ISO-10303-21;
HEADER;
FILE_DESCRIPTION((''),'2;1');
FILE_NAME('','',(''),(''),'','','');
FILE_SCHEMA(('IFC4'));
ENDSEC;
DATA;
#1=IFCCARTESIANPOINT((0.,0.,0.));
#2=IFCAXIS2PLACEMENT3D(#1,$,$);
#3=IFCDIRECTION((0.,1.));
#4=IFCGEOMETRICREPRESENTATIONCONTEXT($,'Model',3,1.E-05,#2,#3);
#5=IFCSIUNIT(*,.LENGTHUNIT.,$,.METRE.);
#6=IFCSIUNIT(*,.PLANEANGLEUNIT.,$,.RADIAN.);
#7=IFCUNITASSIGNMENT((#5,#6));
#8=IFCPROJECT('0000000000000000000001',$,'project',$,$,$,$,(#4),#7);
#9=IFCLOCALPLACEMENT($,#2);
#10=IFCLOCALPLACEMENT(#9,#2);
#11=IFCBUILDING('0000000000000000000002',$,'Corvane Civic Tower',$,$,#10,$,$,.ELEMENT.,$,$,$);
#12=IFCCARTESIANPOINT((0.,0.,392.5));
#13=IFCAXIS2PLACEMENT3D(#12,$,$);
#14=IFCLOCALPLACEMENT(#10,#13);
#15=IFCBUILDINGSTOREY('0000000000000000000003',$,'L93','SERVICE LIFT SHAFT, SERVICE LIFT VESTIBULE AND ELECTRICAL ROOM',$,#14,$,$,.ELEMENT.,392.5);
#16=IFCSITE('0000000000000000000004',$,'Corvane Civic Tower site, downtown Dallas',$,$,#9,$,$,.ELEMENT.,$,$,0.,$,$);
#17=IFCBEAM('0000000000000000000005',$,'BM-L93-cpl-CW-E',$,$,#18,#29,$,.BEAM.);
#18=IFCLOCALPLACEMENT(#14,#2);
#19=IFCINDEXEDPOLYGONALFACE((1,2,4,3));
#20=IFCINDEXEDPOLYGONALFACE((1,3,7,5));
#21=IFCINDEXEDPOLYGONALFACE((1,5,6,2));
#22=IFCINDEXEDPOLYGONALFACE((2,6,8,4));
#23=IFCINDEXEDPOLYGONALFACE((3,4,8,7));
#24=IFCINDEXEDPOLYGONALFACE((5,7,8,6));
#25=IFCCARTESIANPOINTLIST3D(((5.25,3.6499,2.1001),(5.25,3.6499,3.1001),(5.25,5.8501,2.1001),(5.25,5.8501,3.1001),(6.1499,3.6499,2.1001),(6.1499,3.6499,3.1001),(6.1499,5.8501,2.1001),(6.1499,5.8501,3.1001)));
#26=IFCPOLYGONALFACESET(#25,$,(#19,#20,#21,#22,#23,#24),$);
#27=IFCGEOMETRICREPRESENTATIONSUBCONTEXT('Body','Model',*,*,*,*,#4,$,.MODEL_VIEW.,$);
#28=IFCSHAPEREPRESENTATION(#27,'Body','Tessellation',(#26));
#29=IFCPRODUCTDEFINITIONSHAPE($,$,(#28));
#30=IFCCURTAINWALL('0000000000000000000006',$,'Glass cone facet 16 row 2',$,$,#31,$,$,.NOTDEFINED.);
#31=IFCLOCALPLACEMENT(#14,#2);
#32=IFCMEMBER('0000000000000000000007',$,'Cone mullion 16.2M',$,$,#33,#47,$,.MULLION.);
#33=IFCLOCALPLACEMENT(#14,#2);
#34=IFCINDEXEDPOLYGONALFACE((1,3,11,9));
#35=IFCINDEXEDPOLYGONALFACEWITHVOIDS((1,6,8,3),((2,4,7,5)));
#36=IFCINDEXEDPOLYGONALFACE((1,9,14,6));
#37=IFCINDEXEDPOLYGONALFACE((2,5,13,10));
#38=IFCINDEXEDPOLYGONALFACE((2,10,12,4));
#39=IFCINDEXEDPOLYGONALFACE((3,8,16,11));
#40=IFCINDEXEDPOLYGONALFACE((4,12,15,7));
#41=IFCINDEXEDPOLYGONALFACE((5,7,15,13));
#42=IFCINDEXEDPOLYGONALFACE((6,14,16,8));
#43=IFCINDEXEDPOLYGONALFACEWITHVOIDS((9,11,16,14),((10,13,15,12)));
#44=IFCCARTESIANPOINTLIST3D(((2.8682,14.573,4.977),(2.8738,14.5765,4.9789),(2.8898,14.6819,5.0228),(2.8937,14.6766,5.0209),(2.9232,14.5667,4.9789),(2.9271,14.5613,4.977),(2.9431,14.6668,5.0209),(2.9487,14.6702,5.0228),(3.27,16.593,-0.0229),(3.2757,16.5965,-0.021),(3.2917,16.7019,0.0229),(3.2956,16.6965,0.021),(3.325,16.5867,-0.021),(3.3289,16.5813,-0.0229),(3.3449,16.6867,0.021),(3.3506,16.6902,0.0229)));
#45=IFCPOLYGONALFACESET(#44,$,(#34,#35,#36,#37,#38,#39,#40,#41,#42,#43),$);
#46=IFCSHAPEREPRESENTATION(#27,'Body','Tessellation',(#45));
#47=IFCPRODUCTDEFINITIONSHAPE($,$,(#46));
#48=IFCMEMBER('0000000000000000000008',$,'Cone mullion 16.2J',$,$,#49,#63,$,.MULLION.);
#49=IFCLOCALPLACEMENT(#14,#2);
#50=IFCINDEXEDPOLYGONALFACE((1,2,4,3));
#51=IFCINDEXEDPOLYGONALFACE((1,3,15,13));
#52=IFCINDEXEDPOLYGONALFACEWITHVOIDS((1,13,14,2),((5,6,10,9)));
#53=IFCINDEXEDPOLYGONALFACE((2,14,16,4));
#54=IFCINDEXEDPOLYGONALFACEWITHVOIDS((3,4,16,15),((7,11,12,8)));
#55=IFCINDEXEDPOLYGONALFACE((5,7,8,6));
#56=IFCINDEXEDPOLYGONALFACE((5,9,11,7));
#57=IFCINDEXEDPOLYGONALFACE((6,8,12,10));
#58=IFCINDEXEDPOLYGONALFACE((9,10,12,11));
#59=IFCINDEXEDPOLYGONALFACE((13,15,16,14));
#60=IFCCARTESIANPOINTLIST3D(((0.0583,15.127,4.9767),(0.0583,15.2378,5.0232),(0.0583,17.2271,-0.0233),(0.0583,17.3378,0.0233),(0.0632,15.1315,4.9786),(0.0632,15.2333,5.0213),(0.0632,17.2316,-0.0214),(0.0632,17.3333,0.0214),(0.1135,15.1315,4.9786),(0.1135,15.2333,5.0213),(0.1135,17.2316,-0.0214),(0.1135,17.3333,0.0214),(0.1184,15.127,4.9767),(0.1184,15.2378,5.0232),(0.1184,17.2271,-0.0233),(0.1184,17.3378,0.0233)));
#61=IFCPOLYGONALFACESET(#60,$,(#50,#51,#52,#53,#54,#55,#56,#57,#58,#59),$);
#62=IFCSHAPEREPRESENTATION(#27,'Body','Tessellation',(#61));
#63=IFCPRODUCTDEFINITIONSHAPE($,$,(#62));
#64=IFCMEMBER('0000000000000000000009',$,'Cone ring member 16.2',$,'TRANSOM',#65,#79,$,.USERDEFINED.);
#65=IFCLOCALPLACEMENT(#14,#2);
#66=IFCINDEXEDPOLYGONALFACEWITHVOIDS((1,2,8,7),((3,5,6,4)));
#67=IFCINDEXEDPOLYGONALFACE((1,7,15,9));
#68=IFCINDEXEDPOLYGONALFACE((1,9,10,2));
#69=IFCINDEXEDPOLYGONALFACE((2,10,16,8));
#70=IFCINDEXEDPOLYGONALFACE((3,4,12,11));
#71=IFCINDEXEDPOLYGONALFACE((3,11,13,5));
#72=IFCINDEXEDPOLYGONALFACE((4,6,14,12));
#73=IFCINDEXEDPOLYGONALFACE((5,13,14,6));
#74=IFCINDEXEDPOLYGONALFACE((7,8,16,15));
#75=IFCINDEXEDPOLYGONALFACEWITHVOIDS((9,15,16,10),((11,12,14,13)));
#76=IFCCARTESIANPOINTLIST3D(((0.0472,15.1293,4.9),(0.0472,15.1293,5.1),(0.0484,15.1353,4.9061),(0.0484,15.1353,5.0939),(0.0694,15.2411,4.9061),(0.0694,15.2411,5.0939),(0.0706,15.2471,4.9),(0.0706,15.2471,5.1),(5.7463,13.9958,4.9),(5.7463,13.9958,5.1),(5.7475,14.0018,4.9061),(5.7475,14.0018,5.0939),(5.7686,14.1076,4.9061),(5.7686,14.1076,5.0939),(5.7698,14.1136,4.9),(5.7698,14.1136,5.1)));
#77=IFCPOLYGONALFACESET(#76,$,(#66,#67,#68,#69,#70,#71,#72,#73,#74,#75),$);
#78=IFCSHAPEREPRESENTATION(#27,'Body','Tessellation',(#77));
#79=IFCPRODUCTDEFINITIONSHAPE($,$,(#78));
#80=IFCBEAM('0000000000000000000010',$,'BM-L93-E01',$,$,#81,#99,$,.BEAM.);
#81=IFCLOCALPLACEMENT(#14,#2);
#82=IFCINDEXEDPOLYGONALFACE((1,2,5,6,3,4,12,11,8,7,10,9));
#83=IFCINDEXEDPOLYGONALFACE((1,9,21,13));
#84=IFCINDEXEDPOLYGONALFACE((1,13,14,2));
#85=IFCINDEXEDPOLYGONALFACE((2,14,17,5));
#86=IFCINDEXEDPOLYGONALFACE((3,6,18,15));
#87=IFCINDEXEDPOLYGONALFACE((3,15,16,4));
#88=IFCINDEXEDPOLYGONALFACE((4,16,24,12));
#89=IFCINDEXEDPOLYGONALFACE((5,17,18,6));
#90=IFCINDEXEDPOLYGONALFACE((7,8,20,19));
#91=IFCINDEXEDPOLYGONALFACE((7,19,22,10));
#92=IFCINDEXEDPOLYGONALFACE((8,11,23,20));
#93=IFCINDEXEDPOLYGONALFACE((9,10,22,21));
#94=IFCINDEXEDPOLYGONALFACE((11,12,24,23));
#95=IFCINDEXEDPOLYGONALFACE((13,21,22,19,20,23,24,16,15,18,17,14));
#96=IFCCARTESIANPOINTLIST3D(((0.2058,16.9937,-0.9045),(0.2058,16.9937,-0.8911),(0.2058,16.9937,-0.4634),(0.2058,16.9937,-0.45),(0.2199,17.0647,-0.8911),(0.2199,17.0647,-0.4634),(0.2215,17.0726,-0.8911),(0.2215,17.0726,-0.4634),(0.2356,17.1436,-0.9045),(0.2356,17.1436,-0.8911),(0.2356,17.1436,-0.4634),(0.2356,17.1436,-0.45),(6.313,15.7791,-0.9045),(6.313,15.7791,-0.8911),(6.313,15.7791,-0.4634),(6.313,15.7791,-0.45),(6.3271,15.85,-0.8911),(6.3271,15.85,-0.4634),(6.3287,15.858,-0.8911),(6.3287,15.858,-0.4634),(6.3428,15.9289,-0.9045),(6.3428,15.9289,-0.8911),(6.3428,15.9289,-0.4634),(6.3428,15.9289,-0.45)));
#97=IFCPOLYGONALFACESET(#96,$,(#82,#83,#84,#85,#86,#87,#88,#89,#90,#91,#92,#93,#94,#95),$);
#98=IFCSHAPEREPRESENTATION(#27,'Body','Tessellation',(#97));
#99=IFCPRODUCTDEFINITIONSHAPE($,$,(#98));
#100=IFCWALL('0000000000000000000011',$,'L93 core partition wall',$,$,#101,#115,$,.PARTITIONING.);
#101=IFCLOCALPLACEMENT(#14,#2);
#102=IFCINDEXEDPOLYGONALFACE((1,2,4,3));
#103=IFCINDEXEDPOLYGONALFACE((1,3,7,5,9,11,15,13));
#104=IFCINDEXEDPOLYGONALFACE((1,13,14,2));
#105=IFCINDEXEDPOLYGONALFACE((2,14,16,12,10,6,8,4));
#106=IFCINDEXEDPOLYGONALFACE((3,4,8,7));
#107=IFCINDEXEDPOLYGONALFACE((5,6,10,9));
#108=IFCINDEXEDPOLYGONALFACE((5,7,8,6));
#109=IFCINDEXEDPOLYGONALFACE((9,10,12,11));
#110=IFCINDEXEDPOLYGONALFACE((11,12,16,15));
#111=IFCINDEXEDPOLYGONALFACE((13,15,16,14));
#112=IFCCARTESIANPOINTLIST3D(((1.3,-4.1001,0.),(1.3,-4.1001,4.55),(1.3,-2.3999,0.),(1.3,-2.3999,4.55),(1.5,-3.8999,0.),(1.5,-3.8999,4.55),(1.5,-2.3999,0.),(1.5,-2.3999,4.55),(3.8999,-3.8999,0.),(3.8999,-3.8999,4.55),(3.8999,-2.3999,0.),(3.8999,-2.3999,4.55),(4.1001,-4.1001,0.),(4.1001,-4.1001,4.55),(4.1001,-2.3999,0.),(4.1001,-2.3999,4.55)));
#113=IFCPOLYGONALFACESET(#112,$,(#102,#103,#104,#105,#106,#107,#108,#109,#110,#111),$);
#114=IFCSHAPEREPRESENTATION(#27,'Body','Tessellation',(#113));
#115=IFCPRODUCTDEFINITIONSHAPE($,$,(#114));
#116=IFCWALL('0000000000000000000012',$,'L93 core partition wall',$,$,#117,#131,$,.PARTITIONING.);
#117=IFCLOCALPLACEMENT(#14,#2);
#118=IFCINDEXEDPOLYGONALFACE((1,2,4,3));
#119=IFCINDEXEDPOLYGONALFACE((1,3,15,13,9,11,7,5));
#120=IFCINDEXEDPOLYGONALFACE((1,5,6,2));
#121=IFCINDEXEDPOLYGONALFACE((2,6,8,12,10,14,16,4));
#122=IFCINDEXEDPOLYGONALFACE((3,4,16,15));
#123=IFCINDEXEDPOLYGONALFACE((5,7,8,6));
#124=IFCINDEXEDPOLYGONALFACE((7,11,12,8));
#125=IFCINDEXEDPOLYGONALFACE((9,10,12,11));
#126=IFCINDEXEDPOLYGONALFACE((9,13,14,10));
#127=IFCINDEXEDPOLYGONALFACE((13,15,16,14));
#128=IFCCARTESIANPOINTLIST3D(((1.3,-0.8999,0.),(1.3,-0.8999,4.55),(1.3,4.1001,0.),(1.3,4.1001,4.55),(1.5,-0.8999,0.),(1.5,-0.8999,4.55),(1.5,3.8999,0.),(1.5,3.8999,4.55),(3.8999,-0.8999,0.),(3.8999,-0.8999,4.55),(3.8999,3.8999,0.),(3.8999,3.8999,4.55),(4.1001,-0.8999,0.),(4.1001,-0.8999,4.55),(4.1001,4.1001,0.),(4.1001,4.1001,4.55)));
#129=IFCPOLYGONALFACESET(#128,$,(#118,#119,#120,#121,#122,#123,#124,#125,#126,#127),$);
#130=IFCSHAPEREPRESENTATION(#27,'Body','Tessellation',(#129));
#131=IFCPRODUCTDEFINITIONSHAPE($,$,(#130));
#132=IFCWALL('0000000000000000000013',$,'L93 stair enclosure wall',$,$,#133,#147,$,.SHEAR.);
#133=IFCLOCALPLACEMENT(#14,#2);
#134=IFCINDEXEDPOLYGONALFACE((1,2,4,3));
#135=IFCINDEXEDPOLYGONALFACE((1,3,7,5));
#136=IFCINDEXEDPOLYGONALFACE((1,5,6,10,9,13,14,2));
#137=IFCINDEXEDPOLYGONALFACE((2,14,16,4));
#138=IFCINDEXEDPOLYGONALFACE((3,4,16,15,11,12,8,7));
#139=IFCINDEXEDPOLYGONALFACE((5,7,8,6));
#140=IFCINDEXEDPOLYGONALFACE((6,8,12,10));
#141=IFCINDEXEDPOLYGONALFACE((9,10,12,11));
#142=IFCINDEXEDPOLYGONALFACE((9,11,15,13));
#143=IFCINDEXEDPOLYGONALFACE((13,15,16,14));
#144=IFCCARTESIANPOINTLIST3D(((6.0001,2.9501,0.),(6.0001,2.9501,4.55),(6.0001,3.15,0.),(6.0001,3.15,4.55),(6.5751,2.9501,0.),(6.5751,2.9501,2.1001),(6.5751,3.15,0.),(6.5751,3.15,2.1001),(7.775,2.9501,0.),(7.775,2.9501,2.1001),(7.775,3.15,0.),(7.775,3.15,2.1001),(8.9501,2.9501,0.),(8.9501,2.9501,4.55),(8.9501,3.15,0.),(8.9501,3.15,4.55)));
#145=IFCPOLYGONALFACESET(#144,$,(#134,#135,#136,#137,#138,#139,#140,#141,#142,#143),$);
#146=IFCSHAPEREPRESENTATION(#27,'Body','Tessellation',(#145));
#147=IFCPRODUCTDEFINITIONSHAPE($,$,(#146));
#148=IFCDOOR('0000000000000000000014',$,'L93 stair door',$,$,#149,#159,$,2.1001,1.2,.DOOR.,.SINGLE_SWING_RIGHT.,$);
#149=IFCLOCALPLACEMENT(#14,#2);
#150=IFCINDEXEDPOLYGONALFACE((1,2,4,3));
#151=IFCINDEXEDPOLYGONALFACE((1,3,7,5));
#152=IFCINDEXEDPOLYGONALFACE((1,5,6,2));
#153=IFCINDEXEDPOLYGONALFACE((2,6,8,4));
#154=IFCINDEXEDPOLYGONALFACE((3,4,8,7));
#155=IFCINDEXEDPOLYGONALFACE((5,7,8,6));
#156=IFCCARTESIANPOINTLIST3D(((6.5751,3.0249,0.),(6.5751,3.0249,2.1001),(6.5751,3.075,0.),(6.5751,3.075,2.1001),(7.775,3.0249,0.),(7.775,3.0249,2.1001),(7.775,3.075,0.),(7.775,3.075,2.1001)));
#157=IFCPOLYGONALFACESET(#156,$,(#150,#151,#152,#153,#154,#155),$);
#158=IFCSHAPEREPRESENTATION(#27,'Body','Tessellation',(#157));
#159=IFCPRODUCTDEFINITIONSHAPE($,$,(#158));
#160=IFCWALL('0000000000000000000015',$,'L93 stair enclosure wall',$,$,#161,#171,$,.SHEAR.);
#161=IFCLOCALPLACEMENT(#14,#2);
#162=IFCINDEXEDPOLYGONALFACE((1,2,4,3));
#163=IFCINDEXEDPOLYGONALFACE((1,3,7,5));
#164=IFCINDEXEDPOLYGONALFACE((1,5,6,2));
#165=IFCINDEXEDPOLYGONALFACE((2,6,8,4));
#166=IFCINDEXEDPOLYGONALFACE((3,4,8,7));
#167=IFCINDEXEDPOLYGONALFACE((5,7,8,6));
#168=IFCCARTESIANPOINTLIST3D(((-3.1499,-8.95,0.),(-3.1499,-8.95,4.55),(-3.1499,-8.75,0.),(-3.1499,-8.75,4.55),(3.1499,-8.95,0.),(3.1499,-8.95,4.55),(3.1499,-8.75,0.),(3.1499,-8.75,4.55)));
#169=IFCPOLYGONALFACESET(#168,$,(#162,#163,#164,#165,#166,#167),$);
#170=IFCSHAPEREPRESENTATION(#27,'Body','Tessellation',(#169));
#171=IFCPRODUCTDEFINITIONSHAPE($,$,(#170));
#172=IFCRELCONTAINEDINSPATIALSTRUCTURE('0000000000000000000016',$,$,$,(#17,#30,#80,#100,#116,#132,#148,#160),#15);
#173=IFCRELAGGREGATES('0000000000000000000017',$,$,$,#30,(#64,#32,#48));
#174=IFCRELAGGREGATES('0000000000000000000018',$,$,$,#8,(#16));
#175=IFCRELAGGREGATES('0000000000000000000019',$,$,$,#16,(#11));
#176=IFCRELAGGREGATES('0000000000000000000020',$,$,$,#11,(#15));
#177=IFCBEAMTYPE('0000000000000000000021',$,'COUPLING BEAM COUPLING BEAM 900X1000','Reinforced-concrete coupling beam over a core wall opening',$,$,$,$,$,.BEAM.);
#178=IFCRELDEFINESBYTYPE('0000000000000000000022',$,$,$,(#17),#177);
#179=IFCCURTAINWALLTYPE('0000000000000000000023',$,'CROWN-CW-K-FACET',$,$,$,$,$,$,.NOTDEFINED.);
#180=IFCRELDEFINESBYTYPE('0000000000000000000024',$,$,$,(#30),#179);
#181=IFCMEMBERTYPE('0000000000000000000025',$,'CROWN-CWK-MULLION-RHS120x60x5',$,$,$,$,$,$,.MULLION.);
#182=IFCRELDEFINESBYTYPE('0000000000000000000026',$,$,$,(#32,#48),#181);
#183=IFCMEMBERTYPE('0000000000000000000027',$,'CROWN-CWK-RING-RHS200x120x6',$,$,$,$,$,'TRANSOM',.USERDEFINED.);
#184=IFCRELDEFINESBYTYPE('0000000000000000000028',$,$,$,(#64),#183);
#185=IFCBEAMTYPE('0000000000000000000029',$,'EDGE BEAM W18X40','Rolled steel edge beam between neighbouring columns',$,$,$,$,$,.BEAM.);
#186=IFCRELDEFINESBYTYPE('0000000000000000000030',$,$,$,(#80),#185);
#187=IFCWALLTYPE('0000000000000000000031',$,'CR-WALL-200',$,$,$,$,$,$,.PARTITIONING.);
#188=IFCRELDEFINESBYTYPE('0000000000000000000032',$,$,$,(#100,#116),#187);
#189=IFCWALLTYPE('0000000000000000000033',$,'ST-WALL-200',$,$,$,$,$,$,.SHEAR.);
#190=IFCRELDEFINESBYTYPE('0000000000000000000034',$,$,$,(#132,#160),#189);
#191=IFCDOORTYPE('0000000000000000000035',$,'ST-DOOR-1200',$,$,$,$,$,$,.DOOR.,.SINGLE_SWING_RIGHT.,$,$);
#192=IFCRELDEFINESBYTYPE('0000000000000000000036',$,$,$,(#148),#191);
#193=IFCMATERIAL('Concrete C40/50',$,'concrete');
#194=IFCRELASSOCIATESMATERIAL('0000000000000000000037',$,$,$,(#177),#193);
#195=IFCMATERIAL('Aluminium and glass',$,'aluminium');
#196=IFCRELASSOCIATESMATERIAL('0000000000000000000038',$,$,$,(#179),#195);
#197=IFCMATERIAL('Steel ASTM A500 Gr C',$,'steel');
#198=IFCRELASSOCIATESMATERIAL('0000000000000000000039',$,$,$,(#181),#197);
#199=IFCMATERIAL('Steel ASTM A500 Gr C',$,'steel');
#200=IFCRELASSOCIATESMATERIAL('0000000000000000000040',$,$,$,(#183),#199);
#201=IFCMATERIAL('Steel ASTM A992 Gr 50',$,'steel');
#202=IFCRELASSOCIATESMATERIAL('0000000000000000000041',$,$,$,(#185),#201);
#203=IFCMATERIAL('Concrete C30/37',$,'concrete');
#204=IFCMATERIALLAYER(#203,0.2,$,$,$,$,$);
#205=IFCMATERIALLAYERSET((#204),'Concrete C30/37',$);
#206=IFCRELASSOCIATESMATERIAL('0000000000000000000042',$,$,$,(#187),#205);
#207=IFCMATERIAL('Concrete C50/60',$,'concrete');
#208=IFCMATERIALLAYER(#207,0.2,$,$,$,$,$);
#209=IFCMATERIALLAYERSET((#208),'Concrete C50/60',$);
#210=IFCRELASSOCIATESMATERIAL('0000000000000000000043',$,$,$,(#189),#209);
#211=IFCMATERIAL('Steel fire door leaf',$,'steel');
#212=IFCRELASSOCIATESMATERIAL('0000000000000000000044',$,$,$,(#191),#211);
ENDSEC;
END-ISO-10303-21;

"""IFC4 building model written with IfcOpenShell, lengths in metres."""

from ifc_helpers import new_model, si_unit, direction, frame, frame_2d, origin, origin_2d, place, context, subcontext, project, spatial, polyline, rectangle, hollow_rectangle, i_section, outline, extrude, material, layer, layer_set, material_profile, profile_set, type_object, element, fill, aggregate, save


model = new_model("IFC4")

# Units and contexts
model_context = context("Model", 3, precision=1e-05, world=origin(), true_north=direction((0.0, 1.0)))
body_context = subcontext(model_context, "Body", "Model", "MODEL_VIEW")
ifc_project = project(units=[si_unit("LENGTHUNIT", "METRE"), si_unit("PLANEANGLEUNIT", "RADIAN")], contexts=[model_context])

# Site, building, storey
site_placement = place(None, origin())
site = spatial("IfcSite", under=ifc_project, at=site_placement, Name="Corvane Civic Tower site, downtown Dallas", CompositionType="ELEMENT", RefElevation=0.0)
building_placement = place(site_placement, origin())
building = spatial("IfcBuilding", under=site, at=building_placement, Name="Corvane Civic Tower", CompositionType="ELEMENT")
storey_placement = place(building_placement, frame((0.0, 0.0, 392.5)))
storey = spatial("IfcBuildingStorey", under=building, at=storey_placement, Name="L93", Description="SERVICE LIFT SHAFT, SERVICE LIFT VESTIBULE AND ELECTRICAL ROOM", CompositionType="ELEMENT", Elevation=392.5)

# Beam
ifc_material_1 = material(Name="Concrete C40/50", Category="concrete")
ifc_material_profile_1 = material_profile(ifc_material_1, rectangle(XDim=0.8999, YDim=1.0, at=origin_2d()), Name="COUPLING BEAM 900X1000")
ifc_profile_set_1 = profile_set([ifc_material_profile_1], Name="Concrete C40/50")
beam_type_1 = type_object("IfcBeamType", Name="COUPLING BEAM COUPLING BEAM 900X1000", Description="Reinforced-concrete coupling beam over a core wall opening", PredefinedType="BEAM", material=ifc_profile_set_1)
beam_1_placement = place(storey_placement, frame((5.7, 3.6499, 2.6001), z_axis=(0.0, 1.0, 0.0), x_axis=(-1.0, 0.0, 0.0)))
element("IfcBeam", 1, at=beam_1_placement, inside=storey, type_object=beam_type_1, Name="BM-L93-cpl-CW-E", PredefinedType="BEAM", context=body_context, shape_type="SweptSolid", body=[
    extrude(rectangle(XDim=0.8999, YDim=1.0, at=origin_2d()), origin(), (0.0, 0.0, 1.0), 2.2002),
])

# Curtain wall, members
ifc_material_2 = material(Name="Aluminium and glass", Category="aluminium")
curtain_wall_type = type_object("IfcCurtainWallType", Name="CROWN-CW-K-FACET", PredefinedType="NOTDEFINED", material=ifc_material_2)
curtain_wall_placement = place(storey_placement, origin())
curtain_wall = element("IfcCurtainWall", 2, at=curtain_wall_placement, inside=storey, type_object=curtain_wall_type, Name="Glass cone facet 16 row 2", PredefinedType="NOTDEFINED")
ifc_material_3 = material(Name="Steel ASTM A500 Gr C", Category="steel")
ifc_material_profile_2 = material_profile(ifc_material_3, hollow_rectangle(XDim=0.0601, YDim=0.1201, WallThickness=0.0049, at=origin_2d()), Name="RHS 120x60x5")
ifc_profile_set_2 = profile_set([ifc_material_profile_2], Name="Steel ASTM A500 Gr C")
member_type_1 = type_object("IfcMemberType", Name="CROWN-CWK-MULLION-RHS120x60x5", PredefinedType="MULLION", material=ifc_profile_set_2)
member_1_placement = place(storey_placement, frame((3.3103, 16.6416, 0.0), z_axis=(-0.074313, -0.373553, 0.924627), x_axis=(0.980781, -0.195113, 0.0)))
member_1 = element("IfcMember", 3, at=member_1_placement, type_object=member_type_1, Name="Cone mullion 16.2M", PredefinedType="MULLION", context=body_context, shape_type="SweptSolid", body=[
    extrude(hollow_rectangle(XDim=0.0601, YDim=0.1201, WallThickness=0.0049, at=origin_2d()), origin(), (0.0, 0.0, 1.0), 5.4075),
])
member_2_placement = place(storey_placement, frame((0.0884, 17.2825, 0.0), z_axis=(0.0, -0.387248, 0.921976), x_axis=(1.0, 0.0, 0.0)))
member_2 = element("IfcMember", 4, at=member_2_placement, type_object=member_type_1, Name="Cone mullion 16.2J", PredefinedType="MULLION", context=body_context, shape_type="SweptSolid", body=[
    extrude(hollow_rectangle(XDim=0.0601, YDim=0.1201, WallThickness=0.0049, at=origin_2d()), origin(), (0.0, 0.0, 1.0), 5.4231),
])
ifc_material_4 = material(Name="Steel ASTM A500 Gr C", Category="steel")
ifc_material_profile_3 = material_profile(ifc_material_4, hollow_rectangle(XDim=0.1201, YDim=0.2, WallThickness=0.0061, at=origin_2d()), Name="RHS 200x120x6")
ifc_profile_set_3 = profile_set([ifc_material_profile_3], Name="Steel ASTM A500 Gr C")
member_type_2 = type_object("IfcMemberType", Name="CROWN-CWK-RING-RHS200x120x6", ElementType="TRANSOM", PredefinedType="USERDEFINED", material=ifc_profile_set_3)
member_3_placement = place(storey_placement, frame((5.7581, 14.0547, 5.0), z_axis=(-0.980789, 0.195074, 0.0), x_axis=(-0.195074, -0.980789, 0.0)))
member_3 = element("IfcMember", 5, at=member_3_placement, type_object=member_type_2, Name="Cone ring member 16.2", ObjectType="TRANSOM", PredefinedType="USERDEFINED", context=body_context, shape_type="SweptSolid", body=[
    extrude(hollow_rectangle(XDim=0.1201, YDim=0.2, WallThickness=0.0061, at=origin_2d()), origin(), (0.0, 0.0, 1.0), 5.8108),
])
aggregate(curtain_wall, [member_3, member_1, member_2])

# Beam
ifc_material_5 = material(Name="Steel ASTM A992 Gr 50", Category="steel")
ifc_material_profile_4 = material_profile(ifc_material_5, i_section(OverallWidth=0.1528, OverallDepth=0.4546, WebThickness=0.0081, FlangeThickness=0.0134, at=origin_2d()), Name="W18X40")
ifc_profile_set_4 = profile_set([ifc_material_profile_4], Name="Steel ASTM A992 Gr 50")
beam_type_2 = type_object("IfcBeamType", Name="EDGE BEAM W18X40", Description="Rolled steel edge beam between neighbouring columns", PredefinedType="BEAM", material=ifc_profile_set_4)
beam_2_placement = place(storey_placement, frame((0.2207, 17.0686, -0.6772), z_axis=(0.980791, -0.19506, 0.0), x_axis=(0.19506, 0.980791, 0.0)))
element("IfcBeam", 6, at=beam_2_placement, inside=storey, type_object=beam_type_2, Name="BM-L93-E01", PredefinedType="BEAM", context=body_context, shape_type="SweptSolid", body=[
    extrude(i_section(OverallWidth=0.1528, OverallDepth=0.4546, WebThickness=0.0081, FlangeThickness=0.0134, at=origin_2d()), origin(), (0.0, 0.0, 1.0), 6.2268),
])

# Walls
ifc_material_6 = material(Name="Concrete C30/37", Category="concrete")
ifc_layer_1 = layer(ifc_material_6, 0.2)
ifc_layer_set_1 = layer_set([ifc_layer_1], Name="Concrete C30/37")
wall_type_1 = type_object("IfcWallType", Name="CR-WALL-200", PredefinedType="PARTITIONING", material=ifc_layer_set_1)
wall_1_placement = place(storey_placement, origin())
element("IfcWall", 7, at=wall_1_placement, inside=storey, type_object=wall_type_1, Name="L93 core partition wall", PredefinedType="PARTITIONING", context=body_context, shape_type="SweptSolid", body=[
    extrude(outline(polyline([(1.3, -4.1001), (1.3, -2.3999), (1.5, -2.3999), (1.5, -3.8999), (3.8999, -3.8999), (3.8999, -2.3999), (4.1001, -2.3999), (4.1001, -4.1001), (1.3, -4.1001)])), origin(), (0.0, 0.0, 1.0), 4.55),
])
wall_2_placement = place(storey_placement, origin())
element("IfcWall", 8, at=wall_2_placement, inside=storey, type_object=wall_type_1, Name="L93 core partition wall", PredefinedType="PARTITIONING", context=body_context, shape_type="SweptSolid", body=[
    extrude(outline(polyline([(1.3, -0.8999), (1.3, 4.1001), (4.1001, 4.1001), (4.1001, -0.8999), (3.8999, -0.8999), (3.8999, 3.8999), (1.5, 3.8999), (1.5, -0.8999), (1.3, -0.8999)])), origin(), (0.0, 0.0, 1.0), 4.55),
])

# Wall, opening, door
ifc_material_7 = material(Name="Concrete C50/60", Category="concrete")
ifc_layer_2 = layer(ifc_material_7, 0.2)
ifc_layer_set_2 = layer_set([ifc_layer_2], Name="Concrete C50/60")
wall_type_2 = type_object("IfcWallType", Name="ST-WALL-200", PredefinedType="SHEAR", material=ifc_layer_set_2)
wall_3_placement = place(storey_placement, frame((6.0, 3.05, 0.0), z_axis=(0.0, 0.0, 1.0), x_axis=(1.0, 0.0, 0.0)))
wall_3 = element("IfcWall", 9, at=wall_3_placement, inside=storey, type_object=wall_type_2, Name="L93 stair enclosure wall", PredefinedType="SHEAR", context=body_context, shape_type="SweptSolid", body=[
    extrude(rectangle(XDim=2.95, YDim=0.2, at=frame_2d((1.4751, 0.0))), origin(), (0.0, 0.0, 1.0), 4.55),
])
opening_placement = place(wall_3_placement, frame((0.575, 0.0, 0.0)))
opening = element("IfcOpeningElement", 10, at=opening_placement, cuts=wall_3, PredefinedType="OPENING", context=body_context, shape_type="SweptSolid", body=[
    extrude(rectangle(XDim=1.2, YDim=2.1001, at=frame_2d((0.6001, 1.05))), frame((0.0, 0.1099, 0.0), z_axis=(0.0, -1.0, 0.0), x_axis=(1.0, 0.0, 0.0)), (0.0, 0.0, 1.0), 0.22),
])
ifc_material_8 = material(Name="Steel fire door leaf", Category="steel")
door_type = type_object("IfcDoorType", Name="ST-DOOR-1200", OperationType="SINGLE_SWING_RIGHT", PredefinedType="DOOR", material=ifc_material_8)
door_placement = place(opening_placement, origin())
door = element("IfcDoor", 11, at=door_placement, inside=storey, type_object=door_type, Name="L93 stair door", OperationType="SINGLE_SWING_RIGHT", OverallHeight=2.1001, OverallWidth=1.2, PredefinedType="DOOR", context=body_context, shape_type="SweptSolid", body=[
    extrude(rectangle(XDim=1.2, YDim=2.1001, at=frame_2d((0.6001, 1.05))), frame((0.0, 0.0249, 0.0), z_axis=(0.0, -1.0, 0.0), x_axis=(1.0, 0.0, 0.0)), (0.0, 0.0, 1.0), 0.05),
])
fill(opening, door)

# Wall
wall_4_placement = place(storey_placement, origin())
element("IfcWall", 12, at=wall_4_placement, inside=storey, type_object=wall_type_2, Name="L93 stair enclosure wall", PredefinedType="SHEAR", context=body_context, shape_type="SweptSolid", body=[
    extrude(outline(polyline([(3.1499, -8.75), (3.1499, -8.95), (-3.1499, -8.95), (-3.1499, -8.75), (3.1499, -8.75)])), origin(), (0.0, 0.0, 1.0), 4.55),
])

save(model, "model.ifc")
